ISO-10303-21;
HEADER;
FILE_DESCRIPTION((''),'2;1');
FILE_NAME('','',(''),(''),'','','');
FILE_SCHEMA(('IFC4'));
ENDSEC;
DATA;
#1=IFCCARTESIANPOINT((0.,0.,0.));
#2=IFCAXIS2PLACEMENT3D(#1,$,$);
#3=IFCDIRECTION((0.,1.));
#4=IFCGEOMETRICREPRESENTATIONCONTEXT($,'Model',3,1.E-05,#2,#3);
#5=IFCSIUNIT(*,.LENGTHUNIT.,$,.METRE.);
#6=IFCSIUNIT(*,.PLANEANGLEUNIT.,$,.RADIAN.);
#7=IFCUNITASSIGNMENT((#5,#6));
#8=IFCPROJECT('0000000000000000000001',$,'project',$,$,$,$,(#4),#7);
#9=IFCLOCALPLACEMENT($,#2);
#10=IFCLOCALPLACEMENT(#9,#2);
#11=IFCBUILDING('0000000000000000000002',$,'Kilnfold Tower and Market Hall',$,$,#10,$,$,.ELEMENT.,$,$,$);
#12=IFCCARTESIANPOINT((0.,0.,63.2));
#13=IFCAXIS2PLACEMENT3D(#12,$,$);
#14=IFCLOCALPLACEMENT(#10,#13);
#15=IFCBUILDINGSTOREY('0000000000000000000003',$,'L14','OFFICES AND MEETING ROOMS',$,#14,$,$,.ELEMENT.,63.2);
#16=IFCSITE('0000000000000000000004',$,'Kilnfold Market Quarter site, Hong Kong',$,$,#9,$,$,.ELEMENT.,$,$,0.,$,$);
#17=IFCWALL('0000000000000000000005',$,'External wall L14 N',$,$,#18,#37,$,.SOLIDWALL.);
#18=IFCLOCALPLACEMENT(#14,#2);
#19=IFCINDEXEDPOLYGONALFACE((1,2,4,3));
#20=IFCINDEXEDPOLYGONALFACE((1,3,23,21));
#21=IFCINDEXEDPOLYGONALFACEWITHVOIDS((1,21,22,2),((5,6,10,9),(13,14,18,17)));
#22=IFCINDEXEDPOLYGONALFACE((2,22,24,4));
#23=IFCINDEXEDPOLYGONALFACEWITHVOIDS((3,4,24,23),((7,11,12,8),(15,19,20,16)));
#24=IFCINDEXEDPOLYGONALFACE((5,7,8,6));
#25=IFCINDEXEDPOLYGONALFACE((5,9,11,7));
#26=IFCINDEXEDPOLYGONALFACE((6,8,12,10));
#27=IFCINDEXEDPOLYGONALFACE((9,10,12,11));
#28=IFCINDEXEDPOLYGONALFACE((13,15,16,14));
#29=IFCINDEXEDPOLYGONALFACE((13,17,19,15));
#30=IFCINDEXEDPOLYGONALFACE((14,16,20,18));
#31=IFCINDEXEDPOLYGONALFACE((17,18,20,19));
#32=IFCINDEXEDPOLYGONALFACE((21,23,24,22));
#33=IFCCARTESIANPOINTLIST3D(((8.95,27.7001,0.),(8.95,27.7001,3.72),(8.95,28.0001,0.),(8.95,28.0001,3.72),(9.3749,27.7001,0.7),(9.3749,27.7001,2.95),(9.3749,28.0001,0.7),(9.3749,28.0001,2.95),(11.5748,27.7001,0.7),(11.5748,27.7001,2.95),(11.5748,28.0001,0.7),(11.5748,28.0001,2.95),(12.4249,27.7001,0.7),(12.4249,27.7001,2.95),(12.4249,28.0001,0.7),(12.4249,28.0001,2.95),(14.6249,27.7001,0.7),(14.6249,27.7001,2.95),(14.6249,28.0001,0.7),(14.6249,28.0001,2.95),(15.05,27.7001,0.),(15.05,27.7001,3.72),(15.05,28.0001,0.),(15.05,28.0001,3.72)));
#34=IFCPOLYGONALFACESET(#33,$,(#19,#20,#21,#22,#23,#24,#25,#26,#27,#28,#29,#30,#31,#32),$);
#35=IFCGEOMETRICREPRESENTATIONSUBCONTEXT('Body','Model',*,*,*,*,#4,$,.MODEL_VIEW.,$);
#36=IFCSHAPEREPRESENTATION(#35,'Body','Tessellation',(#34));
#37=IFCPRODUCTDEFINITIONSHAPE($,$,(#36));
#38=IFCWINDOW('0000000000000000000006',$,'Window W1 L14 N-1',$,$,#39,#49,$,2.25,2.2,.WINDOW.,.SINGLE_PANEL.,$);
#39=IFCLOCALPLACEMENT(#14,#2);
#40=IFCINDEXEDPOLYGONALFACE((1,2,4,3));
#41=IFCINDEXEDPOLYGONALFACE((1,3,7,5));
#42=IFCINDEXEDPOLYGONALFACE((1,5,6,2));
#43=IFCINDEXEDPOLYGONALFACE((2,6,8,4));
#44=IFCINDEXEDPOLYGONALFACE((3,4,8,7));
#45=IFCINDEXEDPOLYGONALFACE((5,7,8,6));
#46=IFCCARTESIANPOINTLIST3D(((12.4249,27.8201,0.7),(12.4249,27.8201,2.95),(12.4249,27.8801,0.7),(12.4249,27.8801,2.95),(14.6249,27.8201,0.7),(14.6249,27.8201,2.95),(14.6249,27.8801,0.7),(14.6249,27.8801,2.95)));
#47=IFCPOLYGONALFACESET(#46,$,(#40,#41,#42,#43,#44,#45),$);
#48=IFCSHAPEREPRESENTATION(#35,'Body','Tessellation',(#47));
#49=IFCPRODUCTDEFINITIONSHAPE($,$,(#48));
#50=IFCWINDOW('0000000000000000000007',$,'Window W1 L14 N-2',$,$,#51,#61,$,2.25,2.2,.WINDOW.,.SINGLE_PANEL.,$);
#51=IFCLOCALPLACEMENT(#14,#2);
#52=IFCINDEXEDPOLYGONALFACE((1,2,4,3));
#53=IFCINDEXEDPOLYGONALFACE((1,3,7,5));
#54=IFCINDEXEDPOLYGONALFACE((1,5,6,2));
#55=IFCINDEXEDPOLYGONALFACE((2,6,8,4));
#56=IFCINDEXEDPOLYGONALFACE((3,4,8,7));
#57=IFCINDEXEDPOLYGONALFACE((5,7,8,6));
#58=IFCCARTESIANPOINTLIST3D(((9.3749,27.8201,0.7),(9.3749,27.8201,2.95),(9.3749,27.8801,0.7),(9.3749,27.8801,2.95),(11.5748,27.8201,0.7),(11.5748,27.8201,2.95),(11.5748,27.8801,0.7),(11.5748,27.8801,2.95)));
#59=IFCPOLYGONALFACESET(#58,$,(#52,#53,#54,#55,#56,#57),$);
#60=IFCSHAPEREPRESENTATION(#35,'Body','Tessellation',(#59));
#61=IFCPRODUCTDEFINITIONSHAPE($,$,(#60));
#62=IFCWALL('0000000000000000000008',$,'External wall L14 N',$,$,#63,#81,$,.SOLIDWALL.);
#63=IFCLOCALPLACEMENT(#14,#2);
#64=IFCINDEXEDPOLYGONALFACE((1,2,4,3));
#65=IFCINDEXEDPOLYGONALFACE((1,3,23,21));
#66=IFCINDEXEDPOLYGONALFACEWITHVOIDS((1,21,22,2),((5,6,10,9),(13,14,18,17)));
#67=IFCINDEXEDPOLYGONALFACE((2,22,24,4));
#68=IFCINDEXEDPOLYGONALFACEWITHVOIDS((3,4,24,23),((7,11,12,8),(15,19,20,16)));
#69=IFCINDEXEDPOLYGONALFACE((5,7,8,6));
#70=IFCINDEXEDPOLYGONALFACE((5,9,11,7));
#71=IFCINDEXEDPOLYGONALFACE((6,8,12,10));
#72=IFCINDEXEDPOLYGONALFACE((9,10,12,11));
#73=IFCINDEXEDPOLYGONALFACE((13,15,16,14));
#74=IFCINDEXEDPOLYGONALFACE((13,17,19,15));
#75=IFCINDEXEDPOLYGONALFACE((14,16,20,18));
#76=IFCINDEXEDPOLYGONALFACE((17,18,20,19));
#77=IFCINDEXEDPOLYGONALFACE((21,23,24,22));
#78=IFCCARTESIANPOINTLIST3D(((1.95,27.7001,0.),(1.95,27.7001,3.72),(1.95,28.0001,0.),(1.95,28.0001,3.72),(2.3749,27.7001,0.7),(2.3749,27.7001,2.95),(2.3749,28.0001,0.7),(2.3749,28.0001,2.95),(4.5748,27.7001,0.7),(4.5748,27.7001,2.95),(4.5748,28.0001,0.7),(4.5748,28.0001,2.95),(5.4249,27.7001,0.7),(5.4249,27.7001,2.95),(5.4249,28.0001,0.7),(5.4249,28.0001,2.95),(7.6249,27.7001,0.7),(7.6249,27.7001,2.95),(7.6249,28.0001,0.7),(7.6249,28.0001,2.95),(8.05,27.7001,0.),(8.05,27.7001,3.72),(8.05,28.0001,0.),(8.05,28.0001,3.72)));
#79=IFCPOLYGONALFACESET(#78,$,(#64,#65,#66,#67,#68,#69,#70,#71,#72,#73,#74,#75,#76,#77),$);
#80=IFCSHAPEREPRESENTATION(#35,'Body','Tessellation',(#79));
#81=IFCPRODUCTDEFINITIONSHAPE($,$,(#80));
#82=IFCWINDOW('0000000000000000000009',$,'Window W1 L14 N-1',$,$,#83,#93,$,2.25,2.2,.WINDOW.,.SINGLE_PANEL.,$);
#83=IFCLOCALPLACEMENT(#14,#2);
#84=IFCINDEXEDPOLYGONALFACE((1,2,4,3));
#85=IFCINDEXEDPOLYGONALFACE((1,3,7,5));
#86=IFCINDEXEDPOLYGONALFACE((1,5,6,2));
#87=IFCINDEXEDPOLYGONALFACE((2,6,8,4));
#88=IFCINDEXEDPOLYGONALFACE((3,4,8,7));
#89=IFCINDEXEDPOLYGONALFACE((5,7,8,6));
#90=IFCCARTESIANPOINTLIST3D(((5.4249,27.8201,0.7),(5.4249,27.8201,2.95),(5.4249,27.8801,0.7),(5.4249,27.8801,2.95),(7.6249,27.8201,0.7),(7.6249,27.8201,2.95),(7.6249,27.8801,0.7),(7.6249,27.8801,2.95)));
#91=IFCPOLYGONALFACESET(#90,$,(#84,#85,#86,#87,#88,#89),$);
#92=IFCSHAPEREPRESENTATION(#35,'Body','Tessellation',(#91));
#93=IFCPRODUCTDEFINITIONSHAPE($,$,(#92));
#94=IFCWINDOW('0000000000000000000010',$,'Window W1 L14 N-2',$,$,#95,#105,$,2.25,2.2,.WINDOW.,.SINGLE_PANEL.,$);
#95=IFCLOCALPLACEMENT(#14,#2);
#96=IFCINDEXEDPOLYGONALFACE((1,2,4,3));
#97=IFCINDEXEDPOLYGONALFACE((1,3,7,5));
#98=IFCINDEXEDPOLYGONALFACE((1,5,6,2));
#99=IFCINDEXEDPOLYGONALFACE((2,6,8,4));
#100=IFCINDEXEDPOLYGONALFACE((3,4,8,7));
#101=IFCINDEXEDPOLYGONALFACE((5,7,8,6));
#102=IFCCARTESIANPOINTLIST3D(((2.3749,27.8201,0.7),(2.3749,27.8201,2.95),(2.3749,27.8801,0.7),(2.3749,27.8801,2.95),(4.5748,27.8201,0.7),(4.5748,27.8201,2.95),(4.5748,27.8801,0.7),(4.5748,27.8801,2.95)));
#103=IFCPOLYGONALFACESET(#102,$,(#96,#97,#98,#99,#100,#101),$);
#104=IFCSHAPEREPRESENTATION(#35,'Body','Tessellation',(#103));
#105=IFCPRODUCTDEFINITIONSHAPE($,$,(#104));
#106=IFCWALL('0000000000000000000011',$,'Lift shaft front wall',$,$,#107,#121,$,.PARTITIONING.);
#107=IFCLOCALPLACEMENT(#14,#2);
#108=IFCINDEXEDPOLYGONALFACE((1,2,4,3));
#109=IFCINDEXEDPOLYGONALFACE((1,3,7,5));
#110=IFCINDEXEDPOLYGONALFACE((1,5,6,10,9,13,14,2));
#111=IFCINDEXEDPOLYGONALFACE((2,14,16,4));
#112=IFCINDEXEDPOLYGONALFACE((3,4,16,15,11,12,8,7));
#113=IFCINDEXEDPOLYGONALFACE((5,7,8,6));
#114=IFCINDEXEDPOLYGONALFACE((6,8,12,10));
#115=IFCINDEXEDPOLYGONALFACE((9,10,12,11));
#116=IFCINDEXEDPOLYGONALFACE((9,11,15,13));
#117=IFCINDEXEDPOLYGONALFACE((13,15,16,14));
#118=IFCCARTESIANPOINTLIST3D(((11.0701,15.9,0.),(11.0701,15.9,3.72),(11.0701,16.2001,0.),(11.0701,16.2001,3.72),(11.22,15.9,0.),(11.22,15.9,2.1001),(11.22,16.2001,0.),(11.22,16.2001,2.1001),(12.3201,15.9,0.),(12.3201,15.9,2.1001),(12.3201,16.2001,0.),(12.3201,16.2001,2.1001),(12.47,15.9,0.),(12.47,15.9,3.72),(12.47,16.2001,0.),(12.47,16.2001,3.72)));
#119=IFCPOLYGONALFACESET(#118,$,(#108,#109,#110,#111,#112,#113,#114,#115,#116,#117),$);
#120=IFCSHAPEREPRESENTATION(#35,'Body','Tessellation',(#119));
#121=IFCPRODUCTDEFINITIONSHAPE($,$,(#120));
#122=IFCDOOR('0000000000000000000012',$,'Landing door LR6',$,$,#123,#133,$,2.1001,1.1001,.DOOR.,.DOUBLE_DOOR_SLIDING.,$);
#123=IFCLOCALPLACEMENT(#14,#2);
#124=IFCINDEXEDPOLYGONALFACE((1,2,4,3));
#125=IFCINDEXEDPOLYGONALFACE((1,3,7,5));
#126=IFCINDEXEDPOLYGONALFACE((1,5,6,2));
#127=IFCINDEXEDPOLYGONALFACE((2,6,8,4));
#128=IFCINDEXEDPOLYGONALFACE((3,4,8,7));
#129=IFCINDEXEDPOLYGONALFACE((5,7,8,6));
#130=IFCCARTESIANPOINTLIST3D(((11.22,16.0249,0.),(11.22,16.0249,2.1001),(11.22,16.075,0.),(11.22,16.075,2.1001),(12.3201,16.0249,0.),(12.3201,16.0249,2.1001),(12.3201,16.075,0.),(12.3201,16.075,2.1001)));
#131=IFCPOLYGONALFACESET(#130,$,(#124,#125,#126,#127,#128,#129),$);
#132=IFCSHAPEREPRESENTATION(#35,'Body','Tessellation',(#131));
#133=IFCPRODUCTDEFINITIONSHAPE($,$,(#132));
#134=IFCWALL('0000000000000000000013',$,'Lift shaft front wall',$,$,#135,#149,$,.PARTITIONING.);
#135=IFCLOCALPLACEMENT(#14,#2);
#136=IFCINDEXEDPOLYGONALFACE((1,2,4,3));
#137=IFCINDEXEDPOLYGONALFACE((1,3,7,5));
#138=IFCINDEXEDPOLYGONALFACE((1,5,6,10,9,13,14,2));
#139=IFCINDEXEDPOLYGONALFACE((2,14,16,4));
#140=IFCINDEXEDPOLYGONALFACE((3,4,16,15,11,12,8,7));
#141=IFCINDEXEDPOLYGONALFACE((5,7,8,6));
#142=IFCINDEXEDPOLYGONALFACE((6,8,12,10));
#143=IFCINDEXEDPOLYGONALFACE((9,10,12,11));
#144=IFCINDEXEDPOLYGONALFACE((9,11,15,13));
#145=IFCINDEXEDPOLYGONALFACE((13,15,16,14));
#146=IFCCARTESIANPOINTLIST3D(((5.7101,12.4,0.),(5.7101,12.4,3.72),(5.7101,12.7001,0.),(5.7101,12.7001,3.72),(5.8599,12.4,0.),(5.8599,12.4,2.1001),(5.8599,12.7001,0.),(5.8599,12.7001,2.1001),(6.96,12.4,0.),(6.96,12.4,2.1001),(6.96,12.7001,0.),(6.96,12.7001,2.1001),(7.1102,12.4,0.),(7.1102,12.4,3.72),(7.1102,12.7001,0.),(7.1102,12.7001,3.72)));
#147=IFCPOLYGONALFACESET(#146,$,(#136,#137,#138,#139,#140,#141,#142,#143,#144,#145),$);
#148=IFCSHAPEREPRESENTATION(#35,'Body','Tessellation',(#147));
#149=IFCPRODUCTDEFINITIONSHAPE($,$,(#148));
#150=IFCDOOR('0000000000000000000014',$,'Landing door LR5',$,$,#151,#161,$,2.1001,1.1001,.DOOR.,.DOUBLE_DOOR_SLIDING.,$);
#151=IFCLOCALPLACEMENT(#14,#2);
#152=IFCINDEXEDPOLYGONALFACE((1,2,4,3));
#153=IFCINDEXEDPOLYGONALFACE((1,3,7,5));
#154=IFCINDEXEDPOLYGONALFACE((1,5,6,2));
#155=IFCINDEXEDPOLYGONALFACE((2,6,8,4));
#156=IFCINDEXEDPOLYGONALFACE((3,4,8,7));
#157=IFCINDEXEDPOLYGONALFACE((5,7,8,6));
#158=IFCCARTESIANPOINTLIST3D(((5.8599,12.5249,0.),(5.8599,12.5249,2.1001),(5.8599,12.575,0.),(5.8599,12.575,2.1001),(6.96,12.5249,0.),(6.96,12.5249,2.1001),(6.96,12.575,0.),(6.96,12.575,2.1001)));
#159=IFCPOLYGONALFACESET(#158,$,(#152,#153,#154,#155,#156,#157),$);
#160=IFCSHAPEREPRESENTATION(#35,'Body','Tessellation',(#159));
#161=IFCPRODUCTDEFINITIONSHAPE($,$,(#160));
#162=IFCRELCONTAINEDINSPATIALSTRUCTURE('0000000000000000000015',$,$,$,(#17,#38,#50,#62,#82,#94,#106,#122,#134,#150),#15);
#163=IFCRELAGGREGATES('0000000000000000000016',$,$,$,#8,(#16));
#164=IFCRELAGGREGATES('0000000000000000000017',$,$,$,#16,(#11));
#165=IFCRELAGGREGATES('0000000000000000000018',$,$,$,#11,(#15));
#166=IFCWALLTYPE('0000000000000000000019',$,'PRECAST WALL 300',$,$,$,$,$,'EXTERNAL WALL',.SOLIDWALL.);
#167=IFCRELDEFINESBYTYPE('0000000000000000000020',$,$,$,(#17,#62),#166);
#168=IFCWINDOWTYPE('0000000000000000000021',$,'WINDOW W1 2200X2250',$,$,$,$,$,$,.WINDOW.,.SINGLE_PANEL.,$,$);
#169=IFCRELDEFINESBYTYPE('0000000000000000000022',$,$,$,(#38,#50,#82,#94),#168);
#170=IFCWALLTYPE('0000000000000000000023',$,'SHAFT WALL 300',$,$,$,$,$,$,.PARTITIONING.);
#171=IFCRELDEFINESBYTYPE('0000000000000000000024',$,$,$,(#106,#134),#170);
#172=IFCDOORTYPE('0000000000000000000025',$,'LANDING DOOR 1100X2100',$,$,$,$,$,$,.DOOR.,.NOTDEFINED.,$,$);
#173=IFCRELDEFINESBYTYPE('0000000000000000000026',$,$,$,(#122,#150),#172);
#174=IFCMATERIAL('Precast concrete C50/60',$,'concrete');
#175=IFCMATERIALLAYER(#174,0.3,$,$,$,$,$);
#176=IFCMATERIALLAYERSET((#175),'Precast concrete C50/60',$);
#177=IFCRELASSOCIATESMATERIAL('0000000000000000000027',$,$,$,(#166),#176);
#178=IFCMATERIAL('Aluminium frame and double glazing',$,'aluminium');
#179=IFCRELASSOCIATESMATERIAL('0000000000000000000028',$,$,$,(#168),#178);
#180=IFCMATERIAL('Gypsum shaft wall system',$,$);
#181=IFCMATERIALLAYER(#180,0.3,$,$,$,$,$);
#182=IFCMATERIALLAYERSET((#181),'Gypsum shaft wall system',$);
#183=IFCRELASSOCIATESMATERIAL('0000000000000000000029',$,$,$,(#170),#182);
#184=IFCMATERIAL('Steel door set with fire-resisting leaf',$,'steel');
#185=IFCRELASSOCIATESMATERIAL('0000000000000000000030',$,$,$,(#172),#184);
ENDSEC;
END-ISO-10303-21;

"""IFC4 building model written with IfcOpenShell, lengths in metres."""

from ifc_helpers import new_model, si_unit, direction, frame, frame_2d, origin, place, context, subcontext, project, spatial, rectangle, extrude, source, transform, mapped, material, layer, layer_set, type_object, element, fill, save


model = new_model("IFC4")

# Units and contexts
model_context = context("Model", 3, precision=1e-05, world=origin(), true_north=direction((0.0, 1.0)))
body_context = subcontext(model_context, "Body", "Model", "MODEL_VIEW")
ifc_project = project(units=[si_unit("LENGTHUNIT", "METRE"), si_unit("PLANEANGLEUNIT", "RADIAN")], contexts=[model_context])

# Site, building, storey
site_placement = place(None, origin())
site = spatial("IfcSite", under=ifc_project, at=site_placement, Name="Kilnfold Market Quarter site, Hong Kong", CompositionType="ELEMENT", RefElevation=0.0)
building_placement = place(site_placement, origin())
building = spatial("IfcBuilding", under=site, at=building_placement, Name="Kilnfold Tower and Market Hall", CompositionType="ELEMENT")
storey_placement = place(building_placement, frame((0.0, 0.0, 63.2)))
storey = spatial("IfcBuildingStorey", under=building, at=storey_placement, Name="L14", Description="OFFICES AND MEETING ROOMS", CompositionType="ELEMENT", Elevation=63.2)

# Walls, openings, windows
ifc_material_1 = material(Name="Precast concrete C50/60", Category="concrete")
ifc_layer_1 = layer(ifc_material_1, 0.3)
ifc_layer_set_1 = layer_set([ifc_layer_1], Name="Precast concrete C50/60")
wall_type_1 = type_object("IfcWallType", Name="PRECAST WALL 300", ElementType="EXTERNAL WALL", PredefinedType="SOLIDWALL", material=ifc_layer_set_1)
shared_shape_1 = source(origin(), body_context, "Body", "SweptSolid", [
    extrude(rectangle(XDim=6.1001, YDim=0.3, at=frame_2d((3.05, 0.0))), origin(), (0.0, 0.0, 1.0), 3.72),
])
wall_1_placement = place(storey_placement, frame((15.05, 27.8501, 0.0), z_axis=(0.0, 0.0, 1.0), x_axis=(-1.0, 0.0, 0.0)))
wall_1 = element("IfcWall", 1, at=wall_1_placement, inside=storey, type_object=wall_type_1, Name="External wall L14 N", PredefinedType="SOLIDWALL", context=body_context, shape_type="MappedRepresentation", body=[
    mapped(shared_shape_1, transform((0.0, 0.0, 0.0))),
])
opening_1_placement = place(wall_1_placement, frame((0.425, 0.0, 0.7)))
opening_1 = element("IfcOpeningElement", 2, at=opening_1_placement, cuts=wall_1, PredefinedType="OPENING", context=body_context, shape_type="SweptSolid", body=[
    extrude(rectangle(XDim=2.2, YDim=2.25, at=frame_2d((1.1001, 1.125))), frame((0.0, 0.1602, 0.0), z_axis=(0.0, -1.0, 0.0), x_axis=(1.0, 0.0, 0.0)), (0.0, 0.0, 1.0), 0.3201),
])
opening_2_placement = place(wall_1_placement, frame((3.4751, 0.0, 0.7)))
opening_2 = element("IfcOpeningElement", 3, at=opening_2_placement, cuts=wall_1, PredefinedType="OPENING", context=body_context, shape_type="SweptSolid", body=[
    extrude(rectangle(XDim=2.2, YDim=2.25, at=frame_2d((1.1001, 1.125))), frame((0.0, 0.1602, 0.0), z_axis=(0.0, -1.0, 0.0), x_axis=(1.0, 0.0, 0.0)), (0.0, 0.0, 1.0), 0.3201),
])
ifc_material_2 = material(Name="Aluminium frame and double glazing", Category="aluminium")
window_type = type_object("IfcWindowType", Name="WINDOW W1 2200X2250", PartitioningType="SINGLE_PANEL", PredefinedType="WINDOW", material=ifc_material_2)
window_1_placement = place(opening_1_placement, origin())
window_1 = element("IfcWindow", 4, at=window_1_placement, inside=storey, type_object=window_type, Name="Window W1 L14 N-1", OverallHeight=2.25, OverallWidth=2.2, PartitioningType="SINGLE_PANEL", PredefinedType="WINDOW", context=body_context, shape_type="SweptSolid", body=[
    extrude(rectangle(XDim=2.2, YDim=2.25, at=frame_2d((1.1001, 1.125))), frame((0.0, 0.03, 0.0), z_axis=(0.0, -1.0, 0.0), x_axis=(1.0, 0.0, 0.0)), (0.0, 0.0, 1.0), 0.0601),
])
fill(opening_1, window_1)
window_2_placement = place(opening_2_placement, origin())
window_2 = element("IfcWindow", 5, at=window_2_placement, inside=storey, type_object=window_type, Name="Window W1 L14 N-2", OverallHeight=2.25, OverallWidth=2.2, PartitioningType="SINGLE_PANEL", PredefinedType="WINDOW", context=body_context, shape_type="SweptSolid", body=[
    extrude(rectangle(XDim=2.2, YDim=2.25, at=frame_2d((1.1001, 1.125))), frame((0.0, 0.03, 0.0), z_axis=(0.0, -1.0, 0.0), x_axis=(1.0, 0.0, 0.0)), (0.0, 0.0, 1.0), 0.0601),
])
fill(opening_2, window_2)
wall_2_placement = place(storey_placement, frame((8.05, 27.8501, 0.0), z_axis=(0.0, 0.0, 1.0), x_axis=(-1.0, 0.0, 0.0)))
wall_2 = element("IfcWall", 6, at=wall_2_placement, inside=storey, type_object=wall_type_1, Name="External wall L14 N", PredefinedType="SOLIDWALL", context=body_context, shape_type="MappedRepresentation", body=[
    mapped(shared_shape_1, transform((0.0, 0.0, 0.0))),
])
opening_3_placement = place(wall_2_placement, frame((0.425, 0.0, 0.7)))
opening_3 = element("IfcOpeningElement", 7, at=opening_3_placement, cuts=wall_2, PredefinedType="OPENING", context=body_context, shape_type="SweptSolid", body=[
    extrude(rectangle(XDim=2.2, YDim=2.25, at=frame_2d((1.1001, 1.125))), frame((0.0, 0.1602, 0.0), z_axis=(0.0, -1.0, 0.0), x_axis=(1.0, 0.0, 0.0)), (0.0, 0.0, 1.0), 0.3201),
])
opening_4_placement = place(wall_2_placement, frame((3.4751, 0.0, 0.7)))
opening_4 = element("IfcOpeningElement", 8, at=opening_4_placement, cuts=wall_2, PredefinedType="OPENING", context=body_context, shape_type="SweptSolid", body=[
    extrude(rectangle(XDim=2.2, YDim=2.25, at=frame_2d((1.1001, 1.125))), frame((0.0, 0.1602, 0.0), z_axis=(0.0, -1.0, 0.0), x_axis=(1.0, 0.0, 0.0)), (0.0, 0.0, 1.0), 0.3201),
])
window_3_placement = place(opening_3_placement, origin())
window_3 = element("IfcWindow", 9, at=window_3_placement, inside=storey, type_object=window_type, Name="Window W1 L14 N-1", OverallHeight=2.25, OverallWidth=2.2, PartitioningType="SINGLE_PANEL", PredefinedType="WINDOW", context=body_context, shape_type="SweptSolid", body=[
    extrude(rectangle(XDim=2.2, YDim=2.25, at=frame_2d((1.1001, 1.125))), frame((0.0, 0.03, 0.0), z_axis=(0.0, -1.0, 0.0), x_axis=(1.0, 0.0, 0.0)), (0.0, 0.0, 1.0), 0.0601),
])
fill(opening_3, window_3)
window_4_placement = place(opening_4_placement, origin())
window_4 = element("IfcWindow", 10, at=window_4_placement, inside=storey, type_object=window_type, Name="Window W1 L14 N-2", OverallHeight=2.25, OverallWidth=2.2, PartitioningType="SINGLE_PANEL", PredefinedType="WINDOW", context=body_context, shape_type="SweptSolid", body=[
    extrude(rectangle(XDim=2.2, YDim=2.25, at=frame_2d((1.1001, 1.125))), frame((0.0, 0.03, 0.0), z_axis=(0.0, -1.0, 0.0), x_axis=(1.0, 0.0, 0.0)), (0.0, 0.0, 1.0), 0.0601),
])
fill(opening_4, window_4)

# Walls, openings, doors
ifc_material_3 = material(Name="Gypsum shaft wall system")
ifc_layer_2 = layer(ifc_material_3, 0.3)
ifc_layer_set_2 = layer_set([ifc_layer_2], Name="Gypsum shaft wall system")
wall_type_2 = type_object("IfcWallType", Name="SHAFT WALL 300", PredefinedType="PARTITIONING", material=ifc_layer_set_2)
shared_shape_2 = source(origin(), body_context, "Body", "SweptSolid", [
    extrude(rectangle(XDim=1.3999, YDim=0.3, at=frame_2d((0.7, 0.0))), origin(), (0.0, 0.0, 1.0), 3.72),
])
wall_3_placement = place(storey_placement, frame((11.0701, 16.05, 0.0), z_axis=(0.0, 0.0, 1.0), x_axis=(1.0, 0.0, 0.0)))
wall_3 = element("IfcWall", 11, at=wall_3_placement, inside=storey, type_object=wall_type_2, Name="Lift shaft front wall", PredefinedType="PARTITIONING", context=body_context, shape_type="MappedRepresentation", body=[
    mapped(shared_shape_2, transform((0.0, 0.0, 0.0))),
])
opening_5_placement = place(wall_3_placement, frame((0.1499, 0.0, 0.0)))
opening_5 = element("IfcOpeningElement", 12, at=opening_5_placement, cuts=wall_3, PredefinedType="OPENING", context=body_context, shape_type="SweptSolid", body=[
    extrude(rectangle(XDim=1.1001, YDim=2.1001, at=frame_2d((0.55, 1.05))), frame((0.0, 0.1602, 0.0), z_axis=(0.0, -1.0, 0.0), x_axis=(1.0, 0.0, 0.0)), (0.0, 0.0, 1.0), 0.3201),
])
ifc_material_4 = material(Name="Steel door set with fire-resisting leaf", Category="steel")
door_type_1 = type_object("IfcDoorType", Name="LANDING DOOR 1100X2100", OperationType="NOTDEFINED", PredefinedType="DOOR", material=ifc_material_4)
door_1_placement = place(opening_5_placement, origin())
door_1 = element("IfcDoor", 13, at=door_1_placement, inside=storey, type_object=door_type_1, Name="Landing door LR6", OperationType="DOUBLE_DOOR_SLIDING", OverallHeight=2.1001, OverallWidth=1.1001, PredefinedType="DOOR", context=body_context, shape_type="SweptSolid", body=[
    extrude(rectangle(XDim=1.1001, YDim=2.1001, at=frame_2d((0.55, 1.05))), frame((0.0, 0.0249, 0.0), z_axis=(0.0, -1.0, 0.0), x_axis=(1.0, 0.0, 0.0)), (0.0, 0.0, 1.0), 0.05),
])
fill(opening_5, door_1)
shared_shape_3 = source(origin(), body_context, "Body", "SweptSolid", [
    extrude(rectangle(XDim=1.4001, YDim=0.3, at=frame_2d((0.7002, 0.0))), origin(), (0.0, 0.0, 1.0), 3.72),
])
wall_4_placement = place(storey_placement, frame((5.71, 12.55, 0.0), z_axis=(0.0, 0.0, 1.0), x_axis=(1.0, 0.0, 0.0)))
wall_4 = element("IfcWall", 14, at=wall_4_placement, inside=storey, type_object=wall_type_2, Name="Lift shaft front wall", PredefinedType="PARTITIONING", context=body_context, shape_type="MappedRepresentation", body=[
    mapped(shared_shape_3, transform((0.0, 0.0, 0.0))),
])
opening_6_placement = place(wall_4_placement, frame((0.1499, 0.0, 0.0)))
opening_6 = element("IfcOpeningElement", 15, at=opening_6_placement, cuts=wall_4, PredefinedType="OPENING", context=body_context, shape_type="SweptSolid", body=[
    extrude(rectangle(XDim=1.1001, YDim=2.1001, at=frame_2d((0.55, 1.05))), frame((0.0, 0.1602, 0.0), z_axis=(0.0, -1.0, 0.0), x_axis=(1.0, 0.0, 0.0)), (0.0, 0.0, 1.0), 0.3201),
])
door_2_placement = place(opening_6_placement, origin())
door_2 = element("IfcDoor", 16, at=door_2_placement, inside=storey, type_object=door_type_1, Name="Landing door LR5", OperationType="DOUBLE_DOOR_SLIDING", OverallHeight=2.1001, OverallWidth=1.1001, PredefinedType="DOOR", context=body_context, shape_type="SweptSolid", body=[
    extrude(rectangle(XDim=1.1001, YDim=2.1001, at=frame_2d((0.55, 1.05))), frame((0.0, 0.0249, 0.0), z_axis=(0.0, -1.0, 0.0), x_axis=(1.0, 0.0, 0.0)), (0.0, 0.0, 1.0), 0.05),
])
fill(opening_6, door_2)

save(model, "model.ifc")
